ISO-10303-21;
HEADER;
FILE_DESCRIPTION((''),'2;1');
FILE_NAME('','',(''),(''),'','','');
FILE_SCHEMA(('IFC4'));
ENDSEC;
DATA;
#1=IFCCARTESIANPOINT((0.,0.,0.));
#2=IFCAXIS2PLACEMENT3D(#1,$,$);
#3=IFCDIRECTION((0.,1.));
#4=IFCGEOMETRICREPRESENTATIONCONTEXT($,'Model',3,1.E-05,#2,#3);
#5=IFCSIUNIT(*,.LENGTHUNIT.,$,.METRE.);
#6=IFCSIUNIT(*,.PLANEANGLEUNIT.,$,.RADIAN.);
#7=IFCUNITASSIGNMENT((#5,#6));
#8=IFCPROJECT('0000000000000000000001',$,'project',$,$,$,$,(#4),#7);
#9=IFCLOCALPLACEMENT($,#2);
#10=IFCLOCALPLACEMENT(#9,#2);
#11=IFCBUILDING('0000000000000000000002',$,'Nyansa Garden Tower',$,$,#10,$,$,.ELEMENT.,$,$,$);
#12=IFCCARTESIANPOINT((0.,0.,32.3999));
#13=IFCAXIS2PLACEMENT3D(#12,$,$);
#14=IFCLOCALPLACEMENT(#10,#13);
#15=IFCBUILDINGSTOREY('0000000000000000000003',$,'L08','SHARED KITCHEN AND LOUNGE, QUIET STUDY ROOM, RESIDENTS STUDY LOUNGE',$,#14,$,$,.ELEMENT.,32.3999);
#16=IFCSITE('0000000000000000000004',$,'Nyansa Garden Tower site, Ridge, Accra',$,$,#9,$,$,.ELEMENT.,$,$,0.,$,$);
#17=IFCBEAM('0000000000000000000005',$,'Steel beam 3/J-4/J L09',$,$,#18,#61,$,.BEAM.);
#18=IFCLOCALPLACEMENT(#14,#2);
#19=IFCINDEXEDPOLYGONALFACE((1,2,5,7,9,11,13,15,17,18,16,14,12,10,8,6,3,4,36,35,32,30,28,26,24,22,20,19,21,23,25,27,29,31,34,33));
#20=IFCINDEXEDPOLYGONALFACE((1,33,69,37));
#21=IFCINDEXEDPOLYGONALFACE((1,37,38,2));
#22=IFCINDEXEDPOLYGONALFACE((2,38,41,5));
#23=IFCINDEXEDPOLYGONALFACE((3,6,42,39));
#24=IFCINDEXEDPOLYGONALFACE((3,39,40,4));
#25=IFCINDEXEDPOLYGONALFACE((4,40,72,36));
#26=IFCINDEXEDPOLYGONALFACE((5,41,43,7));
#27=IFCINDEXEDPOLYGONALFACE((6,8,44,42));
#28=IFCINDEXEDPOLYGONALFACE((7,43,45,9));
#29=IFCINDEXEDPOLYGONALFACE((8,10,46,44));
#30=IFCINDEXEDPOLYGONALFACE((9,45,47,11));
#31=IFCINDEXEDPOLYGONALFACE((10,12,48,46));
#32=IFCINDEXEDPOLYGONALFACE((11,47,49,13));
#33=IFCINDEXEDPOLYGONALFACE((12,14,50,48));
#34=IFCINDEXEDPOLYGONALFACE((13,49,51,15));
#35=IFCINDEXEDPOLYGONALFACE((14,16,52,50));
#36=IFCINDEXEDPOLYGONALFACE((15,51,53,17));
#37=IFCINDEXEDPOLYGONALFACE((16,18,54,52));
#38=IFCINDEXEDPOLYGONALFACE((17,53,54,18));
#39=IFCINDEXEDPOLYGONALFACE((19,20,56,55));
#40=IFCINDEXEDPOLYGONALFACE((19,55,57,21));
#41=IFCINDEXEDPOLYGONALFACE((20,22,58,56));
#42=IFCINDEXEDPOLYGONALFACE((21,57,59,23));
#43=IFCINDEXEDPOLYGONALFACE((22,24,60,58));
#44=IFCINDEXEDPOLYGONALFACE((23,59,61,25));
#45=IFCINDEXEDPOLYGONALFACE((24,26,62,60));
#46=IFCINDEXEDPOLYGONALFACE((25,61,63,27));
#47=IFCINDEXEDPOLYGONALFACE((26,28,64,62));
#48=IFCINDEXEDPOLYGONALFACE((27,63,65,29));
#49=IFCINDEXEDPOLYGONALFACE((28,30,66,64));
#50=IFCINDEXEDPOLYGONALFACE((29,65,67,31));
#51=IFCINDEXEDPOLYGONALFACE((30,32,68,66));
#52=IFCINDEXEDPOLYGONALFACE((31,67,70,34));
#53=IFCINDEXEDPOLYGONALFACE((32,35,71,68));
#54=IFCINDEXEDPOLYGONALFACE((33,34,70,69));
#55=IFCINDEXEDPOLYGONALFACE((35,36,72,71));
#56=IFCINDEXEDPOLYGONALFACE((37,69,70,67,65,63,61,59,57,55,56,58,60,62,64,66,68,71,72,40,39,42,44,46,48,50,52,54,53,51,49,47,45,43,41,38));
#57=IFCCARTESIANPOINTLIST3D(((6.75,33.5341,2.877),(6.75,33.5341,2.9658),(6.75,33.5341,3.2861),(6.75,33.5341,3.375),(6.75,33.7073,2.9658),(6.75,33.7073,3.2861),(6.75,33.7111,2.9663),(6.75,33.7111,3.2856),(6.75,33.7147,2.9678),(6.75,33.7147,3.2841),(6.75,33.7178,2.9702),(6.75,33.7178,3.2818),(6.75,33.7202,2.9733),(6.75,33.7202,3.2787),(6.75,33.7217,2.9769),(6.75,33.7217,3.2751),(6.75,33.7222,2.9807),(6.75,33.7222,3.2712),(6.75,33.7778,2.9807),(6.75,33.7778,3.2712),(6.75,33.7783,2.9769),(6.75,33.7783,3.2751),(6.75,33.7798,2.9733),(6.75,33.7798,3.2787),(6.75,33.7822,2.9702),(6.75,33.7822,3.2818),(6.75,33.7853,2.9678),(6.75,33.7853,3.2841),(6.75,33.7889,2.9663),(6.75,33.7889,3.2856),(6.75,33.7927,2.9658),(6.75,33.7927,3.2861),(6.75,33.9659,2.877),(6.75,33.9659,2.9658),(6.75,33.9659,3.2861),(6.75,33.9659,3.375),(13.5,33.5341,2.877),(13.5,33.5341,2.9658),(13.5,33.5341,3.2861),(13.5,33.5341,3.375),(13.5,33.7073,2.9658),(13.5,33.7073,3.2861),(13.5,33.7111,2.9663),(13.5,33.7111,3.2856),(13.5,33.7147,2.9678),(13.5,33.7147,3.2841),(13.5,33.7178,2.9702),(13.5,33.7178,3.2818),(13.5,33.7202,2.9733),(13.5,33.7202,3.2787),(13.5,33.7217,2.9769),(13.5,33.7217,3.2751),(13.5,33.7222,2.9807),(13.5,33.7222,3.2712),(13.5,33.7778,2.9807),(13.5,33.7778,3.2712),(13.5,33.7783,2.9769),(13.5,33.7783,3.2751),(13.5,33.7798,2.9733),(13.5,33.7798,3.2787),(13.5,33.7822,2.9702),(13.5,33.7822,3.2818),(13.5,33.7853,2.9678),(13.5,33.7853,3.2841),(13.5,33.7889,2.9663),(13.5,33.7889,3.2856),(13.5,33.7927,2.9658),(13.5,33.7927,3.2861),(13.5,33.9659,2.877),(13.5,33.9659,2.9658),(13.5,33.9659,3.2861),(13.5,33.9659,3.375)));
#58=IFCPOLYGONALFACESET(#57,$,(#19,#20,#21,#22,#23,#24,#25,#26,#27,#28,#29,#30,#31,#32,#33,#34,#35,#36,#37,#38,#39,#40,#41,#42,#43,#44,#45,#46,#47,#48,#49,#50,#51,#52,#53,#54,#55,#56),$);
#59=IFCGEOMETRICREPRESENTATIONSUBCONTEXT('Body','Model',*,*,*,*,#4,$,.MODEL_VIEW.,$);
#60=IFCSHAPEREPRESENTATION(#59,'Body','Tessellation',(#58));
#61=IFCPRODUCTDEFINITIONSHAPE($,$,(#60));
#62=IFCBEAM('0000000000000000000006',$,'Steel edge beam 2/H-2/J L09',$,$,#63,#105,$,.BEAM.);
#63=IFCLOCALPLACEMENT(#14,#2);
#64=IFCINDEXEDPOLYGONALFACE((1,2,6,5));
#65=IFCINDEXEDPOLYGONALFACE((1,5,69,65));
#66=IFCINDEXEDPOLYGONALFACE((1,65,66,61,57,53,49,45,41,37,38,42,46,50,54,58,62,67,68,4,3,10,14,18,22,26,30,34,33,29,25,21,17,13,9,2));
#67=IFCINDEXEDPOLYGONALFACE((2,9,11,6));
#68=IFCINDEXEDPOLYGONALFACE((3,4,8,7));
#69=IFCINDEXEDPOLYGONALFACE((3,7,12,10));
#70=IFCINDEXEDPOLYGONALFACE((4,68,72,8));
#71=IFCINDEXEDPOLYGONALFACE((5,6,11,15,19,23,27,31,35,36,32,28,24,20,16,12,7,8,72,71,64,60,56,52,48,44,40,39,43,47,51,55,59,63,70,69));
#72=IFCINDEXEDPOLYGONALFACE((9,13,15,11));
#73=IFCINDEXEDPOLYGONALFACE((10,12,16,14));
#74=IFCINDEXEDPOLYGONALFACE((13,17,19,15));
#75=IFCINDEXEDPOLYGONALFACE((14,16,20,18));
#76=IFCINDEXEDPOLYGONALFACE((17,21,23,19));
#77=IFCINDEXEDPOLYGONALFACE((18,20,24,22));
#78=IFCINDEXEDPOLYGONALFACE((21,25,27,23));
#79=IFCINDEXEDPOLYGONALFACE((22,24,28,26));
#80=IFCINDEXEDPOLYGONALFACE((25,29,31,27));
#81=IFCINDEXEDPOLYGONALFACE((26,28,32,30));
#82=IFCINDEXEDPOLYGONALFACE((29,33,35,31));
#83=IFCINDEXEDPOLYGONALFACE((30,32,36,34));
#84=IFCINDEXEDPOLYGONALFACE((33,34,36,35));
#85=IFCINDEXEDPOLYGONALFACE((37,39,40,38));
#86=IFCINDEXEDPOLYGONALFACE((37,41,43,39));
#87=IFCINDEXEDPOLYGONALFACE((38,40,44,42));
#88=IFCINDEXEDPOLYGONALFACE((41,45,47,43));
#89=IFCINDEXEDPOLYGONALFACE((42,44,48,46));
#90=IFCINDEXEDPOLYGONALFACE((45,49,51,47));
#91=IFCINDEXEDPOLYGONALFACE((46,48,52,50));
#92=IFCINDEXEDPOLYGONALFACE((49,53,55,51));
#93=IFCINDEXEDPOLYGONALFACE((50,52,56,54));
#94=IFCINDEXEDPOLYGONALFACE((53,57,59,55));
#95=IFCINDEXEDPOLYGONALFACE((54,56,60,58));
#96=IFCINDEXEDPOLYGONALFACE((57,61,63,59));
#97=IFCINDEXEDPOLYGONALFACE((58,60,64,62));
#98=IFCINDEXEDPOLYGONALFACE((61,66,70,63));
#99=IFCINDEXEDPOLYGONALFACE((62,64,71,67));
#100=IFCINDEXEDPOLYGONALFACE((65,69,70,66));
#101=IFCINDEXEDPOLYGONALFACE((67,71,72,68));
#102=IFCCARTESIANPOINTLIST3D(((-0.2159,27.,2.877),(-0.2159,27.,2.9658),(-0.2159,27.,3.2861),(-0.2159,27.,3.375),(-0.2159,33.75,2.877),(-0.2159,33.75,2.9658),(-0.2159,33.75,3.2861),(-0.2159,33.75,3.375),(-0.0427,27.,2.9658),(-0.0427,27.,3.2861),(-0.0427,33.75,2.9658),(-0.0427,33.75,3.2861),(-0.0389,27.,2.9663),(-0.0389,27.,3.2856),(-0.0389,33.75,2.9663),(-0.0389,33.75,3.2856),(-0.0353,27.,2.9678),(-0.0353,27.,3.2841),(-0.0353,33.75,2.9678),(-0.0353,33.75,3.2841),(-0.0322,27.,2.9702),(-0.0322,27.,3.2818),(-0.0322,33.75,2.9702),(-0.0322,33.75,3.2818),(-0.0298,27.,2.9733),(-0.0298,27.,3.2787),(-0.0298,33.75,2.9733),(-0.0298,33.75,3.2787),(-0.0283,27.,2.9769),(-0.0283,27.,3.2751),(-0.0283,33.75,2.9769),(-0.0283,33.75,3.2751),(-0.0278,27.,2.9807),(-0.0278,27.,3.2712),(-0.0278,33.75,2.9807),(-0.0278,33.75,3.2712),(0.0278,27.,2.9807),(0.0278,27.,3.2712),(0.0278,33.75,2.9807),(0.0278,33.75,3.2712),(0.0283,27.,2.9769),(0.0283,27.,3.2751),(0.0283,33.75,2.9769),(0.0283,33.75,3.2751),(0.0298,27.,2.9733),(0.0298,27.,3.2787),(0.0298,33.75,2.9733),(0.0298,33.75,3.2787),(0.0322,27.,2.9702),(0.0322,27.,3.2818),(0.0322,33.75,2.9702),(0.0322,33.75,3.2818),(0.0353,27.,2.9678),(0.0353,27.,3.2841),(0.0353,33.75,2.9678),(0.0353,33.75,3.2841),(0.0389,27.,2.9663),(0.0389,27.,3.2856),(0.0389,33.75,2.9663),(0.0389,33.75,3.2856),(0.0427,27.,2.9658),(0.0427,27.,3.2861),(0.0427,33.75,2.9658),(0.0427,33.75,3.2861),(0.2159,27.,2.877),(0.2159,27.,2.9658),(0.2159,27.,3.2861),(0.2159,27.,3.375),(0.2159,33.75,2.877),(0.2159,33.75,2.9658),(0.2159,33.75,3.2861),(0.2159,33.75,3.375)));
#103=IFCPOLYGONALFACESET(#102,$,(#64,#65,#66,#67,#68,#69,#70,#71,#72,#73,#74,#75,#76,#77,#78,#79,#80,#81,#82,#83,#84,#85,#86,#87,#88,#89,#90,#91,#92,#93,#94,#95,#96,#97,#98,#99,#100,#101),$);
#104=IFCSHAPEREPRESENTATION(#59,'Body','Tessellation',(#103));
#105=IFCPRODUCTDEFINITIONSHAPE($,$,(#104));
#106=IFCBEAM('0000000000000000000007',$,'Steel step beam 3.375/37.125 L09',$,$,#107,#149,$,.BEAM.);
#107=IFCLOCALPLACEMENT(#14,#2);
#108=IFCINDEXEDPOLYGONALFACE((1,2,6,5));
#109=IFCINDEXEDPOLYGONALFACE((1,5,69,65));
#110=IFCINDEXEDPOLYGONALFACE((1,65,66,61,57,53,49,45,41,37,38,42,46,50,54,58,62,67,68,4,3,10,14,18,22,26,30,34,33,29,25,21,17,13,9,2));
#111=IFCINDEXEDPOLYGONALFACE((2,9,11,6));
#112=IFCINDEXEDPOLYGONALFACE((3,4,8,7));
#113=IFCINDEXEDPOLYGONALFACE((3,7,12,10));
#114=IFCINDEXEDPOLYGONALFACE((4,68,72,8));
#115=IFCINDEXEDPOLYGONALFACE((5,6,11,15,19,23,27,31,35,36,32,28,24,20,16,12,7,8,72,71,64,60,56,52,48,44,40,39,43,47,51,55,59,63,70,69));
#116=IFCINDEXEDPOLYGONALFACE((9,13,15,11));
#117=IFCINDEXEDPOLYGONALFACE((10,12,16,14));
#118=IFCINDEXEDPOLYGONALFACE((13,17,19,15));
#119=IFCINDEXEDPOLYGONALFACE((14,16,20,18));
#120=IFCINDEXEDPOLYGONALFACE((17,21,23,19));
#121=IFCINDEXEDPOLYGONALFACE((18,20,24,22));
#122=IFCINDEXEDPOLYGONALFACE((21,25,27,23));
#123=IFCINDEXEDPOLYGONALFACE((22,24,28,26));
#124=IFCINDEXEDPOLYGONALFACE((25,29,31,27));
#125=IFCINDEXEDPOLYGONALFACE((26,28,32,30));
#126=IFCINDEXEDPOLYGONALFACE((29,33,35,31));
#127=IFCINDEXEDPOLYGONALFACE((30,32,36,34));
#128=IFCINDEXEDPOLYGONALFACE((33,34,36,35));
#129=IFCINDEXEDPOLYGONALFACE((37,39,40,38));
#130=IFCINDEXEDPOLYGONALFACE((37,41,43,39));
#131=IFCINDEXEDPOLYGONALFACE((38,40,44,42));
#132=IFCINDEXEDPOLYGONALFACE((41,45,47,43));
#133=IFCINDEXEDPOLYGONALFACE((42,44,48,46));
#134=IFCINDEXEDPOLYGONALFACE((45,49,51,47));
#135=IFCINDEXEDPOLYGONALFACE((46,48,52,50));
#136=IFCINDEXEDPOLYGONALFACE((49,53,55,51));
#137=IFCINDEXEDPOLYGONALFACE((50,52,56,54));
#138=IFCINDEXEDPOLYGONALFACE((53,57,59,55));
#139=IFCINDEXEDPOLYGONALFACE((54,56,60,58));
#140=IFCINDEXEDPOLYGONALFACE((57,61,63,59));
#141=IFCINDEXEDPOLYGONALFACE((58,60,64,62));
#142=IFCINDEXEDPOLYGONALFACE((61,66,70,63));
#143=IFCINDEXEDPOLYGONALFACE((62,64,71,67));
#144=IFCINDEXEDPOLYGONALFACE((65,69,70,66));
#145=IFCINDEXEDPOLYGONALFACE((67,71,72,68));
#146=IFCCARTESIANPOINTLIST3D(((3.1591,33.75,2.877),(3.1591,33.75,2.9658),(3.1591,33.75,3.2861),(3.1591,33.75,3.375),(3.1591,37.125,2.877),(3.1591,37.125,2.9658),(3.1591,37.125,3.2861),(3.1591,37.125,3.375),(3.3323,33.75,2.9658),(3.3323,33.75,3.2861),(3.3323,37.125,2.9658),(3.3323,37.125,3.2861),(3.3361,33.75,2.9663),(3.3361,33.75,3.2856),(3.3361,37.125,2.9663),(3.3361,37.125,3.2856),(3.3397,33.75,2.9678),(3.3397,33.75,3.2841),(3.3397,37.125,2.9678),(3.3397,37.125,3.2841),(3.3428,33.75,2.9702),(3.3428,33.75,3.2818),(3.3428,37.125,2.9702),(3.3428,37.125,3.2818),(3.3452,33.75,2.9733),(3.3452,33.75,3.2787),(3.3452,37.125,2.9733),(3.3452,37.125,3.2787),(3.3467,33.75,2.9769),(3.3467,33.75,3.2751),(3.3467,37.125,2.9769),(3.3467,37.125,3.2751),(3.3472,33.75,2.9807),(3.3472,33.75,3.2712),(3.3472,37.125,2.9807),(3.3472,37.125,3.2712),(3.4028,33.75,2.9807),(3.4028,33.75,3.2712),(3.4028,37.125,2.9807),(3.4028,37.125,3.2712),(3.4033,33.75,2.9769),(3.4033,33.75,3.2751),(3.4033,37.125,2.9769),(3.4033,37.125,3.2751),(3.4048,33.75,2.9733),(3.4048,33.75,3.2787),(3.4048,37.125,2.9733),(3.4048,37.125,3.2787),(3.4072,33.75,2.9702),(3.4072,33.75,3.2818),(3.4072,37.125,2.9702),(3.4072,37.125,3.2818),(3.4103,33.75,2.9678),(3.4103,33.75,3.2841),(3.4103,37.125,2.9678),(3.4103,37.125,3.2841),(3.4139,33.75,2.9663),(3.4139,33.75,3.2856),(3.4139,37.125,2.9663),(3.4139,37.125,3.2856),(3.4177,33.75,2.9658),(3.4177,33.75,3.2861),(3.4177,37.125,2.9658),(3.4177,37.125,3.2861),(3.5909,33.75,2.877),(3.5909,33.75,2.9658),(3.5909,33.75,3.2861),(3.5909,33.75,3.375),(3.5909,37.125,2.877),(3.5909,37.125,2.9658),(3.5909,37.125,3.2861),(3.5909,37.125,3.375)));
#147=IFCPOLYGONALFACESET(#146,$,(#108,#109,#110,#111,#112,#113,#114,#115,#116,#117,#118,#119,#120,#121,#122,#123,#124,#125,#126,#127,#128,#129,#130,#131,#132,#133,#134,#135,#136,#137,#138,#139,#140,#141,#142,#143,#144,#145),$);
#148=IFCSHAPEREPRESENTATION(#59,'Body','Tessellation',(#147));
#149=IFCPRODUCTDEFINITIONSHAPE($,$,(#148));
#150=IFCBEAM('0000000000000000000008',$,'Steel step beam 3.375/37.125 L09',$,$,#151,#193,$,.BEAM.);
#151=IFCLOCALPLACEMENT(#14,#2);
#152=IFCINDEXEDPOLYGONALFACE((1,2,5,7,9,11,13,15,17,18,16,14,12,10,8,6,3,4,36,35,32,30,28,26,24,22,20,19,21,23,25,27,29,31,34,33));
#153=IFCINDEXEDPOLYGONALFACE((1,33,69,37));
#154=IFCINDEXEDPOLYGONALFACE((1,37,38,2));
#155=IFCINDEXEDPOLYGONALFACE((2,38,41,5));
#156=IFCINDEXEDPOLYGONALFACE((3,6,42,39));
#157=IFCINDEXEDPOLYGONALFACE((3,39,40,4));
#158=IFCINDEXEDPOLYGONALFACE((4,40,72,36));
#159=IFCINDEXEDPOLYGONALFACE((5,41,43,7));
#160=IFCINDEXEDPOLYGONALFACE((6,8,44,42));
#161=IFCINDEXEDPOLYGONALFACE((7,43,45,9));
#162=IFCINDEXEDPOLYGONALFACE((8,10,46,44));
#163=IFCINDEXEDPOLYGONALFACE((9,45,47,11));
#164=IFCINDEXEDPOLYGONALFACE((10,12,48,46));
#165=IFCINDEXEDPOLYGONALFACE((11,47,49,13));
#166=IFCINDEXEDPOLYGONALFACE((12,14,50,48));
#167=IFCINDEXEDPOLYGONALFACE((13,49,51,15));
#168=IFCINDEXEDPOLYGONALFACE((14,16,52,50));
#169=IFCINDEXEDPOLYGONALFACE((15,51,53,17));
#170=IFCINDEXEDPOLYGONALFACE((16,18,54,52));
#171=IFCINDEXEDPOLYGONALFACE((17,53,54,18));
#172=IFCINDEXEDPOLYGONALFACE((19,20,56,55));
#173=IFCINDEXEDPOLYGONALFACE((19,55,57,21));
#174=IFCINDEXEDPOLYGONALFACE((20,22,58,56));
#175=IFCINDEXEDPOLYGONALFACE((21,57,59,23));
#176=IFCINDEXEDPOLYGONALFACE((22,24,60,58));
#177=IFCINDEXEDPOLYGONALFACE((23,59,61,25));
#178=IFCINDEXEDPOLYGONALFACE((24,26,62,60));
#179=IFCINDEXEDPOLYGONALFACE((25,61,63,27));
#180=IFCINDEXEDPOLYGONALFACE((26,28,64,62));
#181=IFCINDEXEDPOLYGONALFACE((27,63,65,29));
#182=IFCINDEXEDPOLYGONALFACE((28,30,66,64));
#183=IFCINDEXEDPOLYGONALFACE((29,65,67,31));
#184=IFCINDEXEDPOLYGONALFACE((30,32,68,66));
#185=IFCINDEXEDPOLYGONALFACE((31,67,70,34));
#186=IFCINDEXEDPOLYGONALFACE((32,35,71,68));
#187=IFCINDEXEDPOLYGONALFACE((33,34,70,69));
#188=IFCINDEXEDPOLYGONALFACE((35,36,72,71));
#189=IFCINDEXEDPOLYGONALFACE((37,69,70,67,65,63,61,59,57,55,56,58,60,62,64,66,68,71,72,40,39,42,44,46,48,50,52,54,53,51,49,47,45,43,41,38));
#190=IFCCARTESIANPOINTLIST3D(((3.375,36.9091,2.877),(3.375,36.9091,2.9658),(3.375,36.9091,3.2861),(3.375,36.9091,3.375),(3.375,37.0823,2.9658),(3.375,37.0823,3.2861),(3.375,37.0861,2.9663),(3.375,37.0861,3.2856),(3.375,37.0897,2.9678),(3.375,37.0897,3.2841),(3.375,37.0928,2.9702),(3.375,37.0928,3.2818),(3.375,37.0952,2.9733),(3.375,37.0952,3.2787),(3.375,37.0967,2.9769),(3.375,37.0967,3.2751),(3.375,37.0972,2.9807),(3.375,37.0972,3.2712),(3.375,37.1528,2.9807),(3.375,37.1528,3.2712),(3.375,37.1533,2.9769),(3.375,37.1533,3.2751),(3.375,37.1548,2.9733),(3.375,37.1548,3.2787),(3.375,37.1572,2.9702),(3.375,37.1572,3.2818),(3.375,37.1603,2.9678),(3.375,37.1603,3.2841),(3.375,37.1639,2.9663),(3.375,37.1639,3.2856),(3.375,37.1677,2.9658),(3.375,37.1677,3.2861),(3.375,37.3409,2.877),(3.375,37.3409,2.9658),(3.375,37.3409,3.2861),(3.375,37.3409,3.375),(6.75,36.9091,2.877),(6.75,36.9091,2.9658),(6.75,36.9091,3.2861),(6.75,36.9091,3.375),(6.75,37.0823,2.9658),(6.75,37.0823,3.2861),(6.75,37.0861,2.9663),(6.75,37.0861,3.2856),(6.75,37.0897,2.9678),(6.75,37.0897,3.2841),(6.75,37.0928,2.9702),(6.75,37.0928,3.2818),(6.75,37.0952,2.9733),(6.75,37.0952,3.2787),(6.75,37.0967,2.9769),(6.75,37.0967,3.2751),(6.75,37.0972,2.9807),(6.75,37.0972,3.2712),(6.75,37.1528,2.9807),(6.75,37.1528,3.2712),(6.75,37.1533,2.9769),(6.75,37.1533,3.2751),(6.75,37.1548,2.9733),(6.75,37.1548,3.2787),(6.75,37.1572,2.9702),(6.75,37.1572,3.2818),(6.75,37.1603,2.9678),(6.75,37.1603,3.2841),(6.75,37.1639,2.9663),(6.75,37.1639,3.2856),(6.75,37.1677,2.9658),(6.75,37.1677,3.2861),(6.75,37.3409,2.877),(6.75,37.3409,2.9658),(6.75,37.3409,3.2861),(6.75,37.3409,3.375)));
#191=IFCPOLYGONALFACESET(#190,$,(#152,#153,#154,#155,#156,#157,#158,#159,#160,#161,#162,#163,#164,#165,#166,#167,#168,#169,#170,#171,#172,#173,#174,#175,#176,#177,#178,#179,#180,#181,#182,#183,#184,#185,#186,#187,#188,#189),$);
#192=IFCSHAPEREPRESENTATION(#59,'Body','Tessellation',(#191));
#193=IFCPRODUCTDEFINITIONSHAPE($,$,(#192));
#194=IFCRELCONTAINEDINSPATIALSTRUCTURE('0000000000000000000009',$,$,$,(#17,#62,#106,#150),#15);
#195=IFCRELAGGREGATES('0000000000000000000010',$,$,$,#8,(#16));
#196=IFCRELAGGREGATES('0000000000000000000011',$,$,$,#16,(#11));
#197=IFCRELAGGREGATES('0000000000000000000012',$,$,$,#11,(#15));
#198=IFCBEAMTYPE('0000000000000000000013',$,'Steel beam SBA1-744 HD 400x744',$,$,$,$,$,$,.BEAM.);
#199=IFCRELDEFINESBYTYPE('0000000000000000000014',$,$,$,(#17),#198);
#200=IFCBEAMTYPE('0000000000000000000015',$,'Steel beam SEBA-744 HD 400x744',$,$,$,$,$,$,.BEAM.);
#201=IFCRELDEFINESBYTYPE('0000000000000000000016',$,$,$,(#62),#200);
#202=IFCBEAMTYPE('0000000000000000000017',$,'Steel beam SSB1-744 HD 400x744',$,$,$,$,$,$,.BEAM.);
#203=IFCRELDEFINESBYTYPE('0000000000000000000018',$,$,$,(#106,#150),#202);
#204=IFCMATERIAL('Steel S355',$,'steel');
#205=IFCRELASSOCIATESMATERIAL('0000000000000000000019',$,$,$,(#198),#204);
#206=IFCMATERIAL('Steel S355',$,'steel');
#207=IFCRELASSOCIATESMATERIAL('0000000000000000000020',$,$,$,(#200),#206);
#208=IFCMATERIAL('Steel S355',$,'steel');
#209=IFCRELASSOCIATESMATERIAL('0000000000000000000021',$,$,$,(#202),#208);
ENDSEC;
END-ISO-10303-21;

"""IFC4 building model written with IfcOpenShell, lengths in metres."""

from ifc_helpers import new_model, si_unit, direction, frame, origin, origin_2d, place, context, subcontext, project, spatial, i_section, extrude, material, material_profile, profile_set, type_object, element, save


model = new_model("IFC4")

# Units and contexts
model_context = context("Model", 3, precision=1e-05, world=origin(), true_north=direction((0.0, 1.0)))
body_context = subcontext(model_context, "Body", "Model", "MODEL_VIEW")
ifc_project = project(units=[si_unit("LENGTHUNIT", "METRE"), si_unit("PLANEANGLEUNIT", "RADIAN")], contexts=[model_context])

# Site, building, storey
site_placement = place(None, origin())
site = spatial("IfcSite", under=ifc_project, at=site_placement, Name="Nyansa Garden Tower site, Ridge, Accra", CompositionType="ELEMENT", RefElevation=0.0)
building_placement = place(site_placement, origin())
building = spatial("IfcBuilding", under=site, at=building_placement, Name="Nyansa Garden Tower", CompositionType="ELEMENT")
storey_placement = place(building_placement, frame((0.0, 0.0, 32.3999)))
storey = spatial("IfcBuildingStorey", under=building, at=storey_placement, Name="L08", Description="SHARED KITCHEN AND LOUNGE, QUIET STUDY ROOM, RESIDENTS STUDY LOUNGE", CompositionType="ELEMENT", Elevation=32.3999)

# Beams
ifc_material_1 = material(Name="Steel S355", Category="steel")
ifc_material_profile_1 = material_profile(ifc_material_1, i_section(OverallWidth=0.4319, OverallDepth=0.498, WebThickness=0.0557, FlangeThickness=0.0889, FilletRadius=0.0149, at=origin_2d()), Name="HD 400x744")
ifc_profile_set_1 = profile_set([ifc_material_profile_1], Name="Steel S355")
beam_type_1 = type_object("IfcBeamType", Name="Steel beam SBA1-744 HD 400x744", PredefinedType="BEAM", material=ifc_profile_set_1)
for number, where, z_axis, x_axis, name in (
    (1, (6.75, 33.75, 3.126), (1.0, 0.0, 0.0), (0.0, 1.0, 0.0), "Steel beam 3/J-4/J L09"),
):
    element("IfcBeam", number, at=place(storey_placement, frame(where, z_axis=z_axis, x_axis=x_axis)), inside=storey, type_object=beam_type_1, Name=name, PredefinedType="BEAM", context=body_context, shape_type="SweptSolid", body=[
        extrude(i_section(OverallWidth=0.4319, OverallDepth=0.498, WebThickness=0.0557, FlangeThickness=0.0889, FilletRadius=0.0149, at=origin_2d()), origin(), (0.0, 0.0, 1.0), 6.75),
    ])
ifc_material_2 = material(Name="Steel S355", Category="steel")
ifc_material_profile_2 = material_profile(ifc_material_2, i_section(OverallWidth=0.4319, OverallDepth=0.498, WebThickness=0.0557, FlangeThickness=0.0889, FilletRadius=0.0149, at=origin_2d()), Name="HD 400x744")
ifc_profile_set_2 = profile_set([ifc_material_profile_2], Name="Steel S355")
beam_type_2 = type_object("IfcBeamType", Name="Steel beam SEBA-744 HD 400x744", PredefinedType="BEAM", material=ifc_profile_set_2)
beam_1_placement = place(storey_placement, frame((0.0, 27.0, 3.126), z_axis=(0.0, 1.0, 0.0), x_axis=(-1.0, 0.0, 0.0)))
element("IfcBeam", 2, at=beam_1_placement, inside=storey, type_object=beam_type_2, Name="Steel edge beam 2/H-2/J L09", PredefinedType="BEAM", context=body_context, shape_type="SweptSolid", body=[
    extrude(i_section(OverallWidth=0.4319, OverallDepth=0.498, WebThickness=0.0557, FlangeThickness=0.0889, FilletRadius=0.0149, at=origin_2d()), origin(), (0.0, 0.0, 1.0), 6.75),
])
ifc_material_3 = material(Name="Steel S355", Category="steel")
ifc_material_profile_3 = material_profile(ifc_material_3, i_section(OverallWidth=0.4319, OverallDepth=0.498, WebThickness=0.0557, FlangeThickness=0.0889, FilletRadius=0.0149, at=origin_2d()), Name="HD 400x744")
ifc_profile_set_3 = profile_set([ifc_material_profile_3], Name="Steel S355")
beam_type_3 = type_object("IfcBeamType", Name="Steel beam SSB1-744 HD 400x744", PredefinedType="BEAM", material=ifc_profile_set_3)
for number, where, z_axis, x_axis, name in (
    (3, (3.375, 37.125, 3.126), (0.0, -1.0, 0.0), (1.0, 0.0, 0.0), "Steel step beam 3.375/37.125 L09"),
    (4, (3.375, 37.125, 3.126), (1.0, 0.0, 0.0), (0.0, 1.0, 0.0), "Steel step beam 3.375/37.125 L09"),
):
    element("IfcBeam", number, at=place(storey_placement, frame(where, z_axis=z_axis, x_axis=x_axis)), inside=storey, type_object=beam_type_3, Name=name, PredefinedType="BEAM", context=body_context, shape_type="SweptSolid", body=[
        extrude(i_section(OverallWidth=0.4319, OverallDepth=0.498, WebThickness=0.0557, FlangeThickness=0.0889, FilletRadius=0.0149, at=origin_2d()), origin(), (0.0, 0.0, 1.0), 3.375),
    ])

save(model, "model.ifc")
